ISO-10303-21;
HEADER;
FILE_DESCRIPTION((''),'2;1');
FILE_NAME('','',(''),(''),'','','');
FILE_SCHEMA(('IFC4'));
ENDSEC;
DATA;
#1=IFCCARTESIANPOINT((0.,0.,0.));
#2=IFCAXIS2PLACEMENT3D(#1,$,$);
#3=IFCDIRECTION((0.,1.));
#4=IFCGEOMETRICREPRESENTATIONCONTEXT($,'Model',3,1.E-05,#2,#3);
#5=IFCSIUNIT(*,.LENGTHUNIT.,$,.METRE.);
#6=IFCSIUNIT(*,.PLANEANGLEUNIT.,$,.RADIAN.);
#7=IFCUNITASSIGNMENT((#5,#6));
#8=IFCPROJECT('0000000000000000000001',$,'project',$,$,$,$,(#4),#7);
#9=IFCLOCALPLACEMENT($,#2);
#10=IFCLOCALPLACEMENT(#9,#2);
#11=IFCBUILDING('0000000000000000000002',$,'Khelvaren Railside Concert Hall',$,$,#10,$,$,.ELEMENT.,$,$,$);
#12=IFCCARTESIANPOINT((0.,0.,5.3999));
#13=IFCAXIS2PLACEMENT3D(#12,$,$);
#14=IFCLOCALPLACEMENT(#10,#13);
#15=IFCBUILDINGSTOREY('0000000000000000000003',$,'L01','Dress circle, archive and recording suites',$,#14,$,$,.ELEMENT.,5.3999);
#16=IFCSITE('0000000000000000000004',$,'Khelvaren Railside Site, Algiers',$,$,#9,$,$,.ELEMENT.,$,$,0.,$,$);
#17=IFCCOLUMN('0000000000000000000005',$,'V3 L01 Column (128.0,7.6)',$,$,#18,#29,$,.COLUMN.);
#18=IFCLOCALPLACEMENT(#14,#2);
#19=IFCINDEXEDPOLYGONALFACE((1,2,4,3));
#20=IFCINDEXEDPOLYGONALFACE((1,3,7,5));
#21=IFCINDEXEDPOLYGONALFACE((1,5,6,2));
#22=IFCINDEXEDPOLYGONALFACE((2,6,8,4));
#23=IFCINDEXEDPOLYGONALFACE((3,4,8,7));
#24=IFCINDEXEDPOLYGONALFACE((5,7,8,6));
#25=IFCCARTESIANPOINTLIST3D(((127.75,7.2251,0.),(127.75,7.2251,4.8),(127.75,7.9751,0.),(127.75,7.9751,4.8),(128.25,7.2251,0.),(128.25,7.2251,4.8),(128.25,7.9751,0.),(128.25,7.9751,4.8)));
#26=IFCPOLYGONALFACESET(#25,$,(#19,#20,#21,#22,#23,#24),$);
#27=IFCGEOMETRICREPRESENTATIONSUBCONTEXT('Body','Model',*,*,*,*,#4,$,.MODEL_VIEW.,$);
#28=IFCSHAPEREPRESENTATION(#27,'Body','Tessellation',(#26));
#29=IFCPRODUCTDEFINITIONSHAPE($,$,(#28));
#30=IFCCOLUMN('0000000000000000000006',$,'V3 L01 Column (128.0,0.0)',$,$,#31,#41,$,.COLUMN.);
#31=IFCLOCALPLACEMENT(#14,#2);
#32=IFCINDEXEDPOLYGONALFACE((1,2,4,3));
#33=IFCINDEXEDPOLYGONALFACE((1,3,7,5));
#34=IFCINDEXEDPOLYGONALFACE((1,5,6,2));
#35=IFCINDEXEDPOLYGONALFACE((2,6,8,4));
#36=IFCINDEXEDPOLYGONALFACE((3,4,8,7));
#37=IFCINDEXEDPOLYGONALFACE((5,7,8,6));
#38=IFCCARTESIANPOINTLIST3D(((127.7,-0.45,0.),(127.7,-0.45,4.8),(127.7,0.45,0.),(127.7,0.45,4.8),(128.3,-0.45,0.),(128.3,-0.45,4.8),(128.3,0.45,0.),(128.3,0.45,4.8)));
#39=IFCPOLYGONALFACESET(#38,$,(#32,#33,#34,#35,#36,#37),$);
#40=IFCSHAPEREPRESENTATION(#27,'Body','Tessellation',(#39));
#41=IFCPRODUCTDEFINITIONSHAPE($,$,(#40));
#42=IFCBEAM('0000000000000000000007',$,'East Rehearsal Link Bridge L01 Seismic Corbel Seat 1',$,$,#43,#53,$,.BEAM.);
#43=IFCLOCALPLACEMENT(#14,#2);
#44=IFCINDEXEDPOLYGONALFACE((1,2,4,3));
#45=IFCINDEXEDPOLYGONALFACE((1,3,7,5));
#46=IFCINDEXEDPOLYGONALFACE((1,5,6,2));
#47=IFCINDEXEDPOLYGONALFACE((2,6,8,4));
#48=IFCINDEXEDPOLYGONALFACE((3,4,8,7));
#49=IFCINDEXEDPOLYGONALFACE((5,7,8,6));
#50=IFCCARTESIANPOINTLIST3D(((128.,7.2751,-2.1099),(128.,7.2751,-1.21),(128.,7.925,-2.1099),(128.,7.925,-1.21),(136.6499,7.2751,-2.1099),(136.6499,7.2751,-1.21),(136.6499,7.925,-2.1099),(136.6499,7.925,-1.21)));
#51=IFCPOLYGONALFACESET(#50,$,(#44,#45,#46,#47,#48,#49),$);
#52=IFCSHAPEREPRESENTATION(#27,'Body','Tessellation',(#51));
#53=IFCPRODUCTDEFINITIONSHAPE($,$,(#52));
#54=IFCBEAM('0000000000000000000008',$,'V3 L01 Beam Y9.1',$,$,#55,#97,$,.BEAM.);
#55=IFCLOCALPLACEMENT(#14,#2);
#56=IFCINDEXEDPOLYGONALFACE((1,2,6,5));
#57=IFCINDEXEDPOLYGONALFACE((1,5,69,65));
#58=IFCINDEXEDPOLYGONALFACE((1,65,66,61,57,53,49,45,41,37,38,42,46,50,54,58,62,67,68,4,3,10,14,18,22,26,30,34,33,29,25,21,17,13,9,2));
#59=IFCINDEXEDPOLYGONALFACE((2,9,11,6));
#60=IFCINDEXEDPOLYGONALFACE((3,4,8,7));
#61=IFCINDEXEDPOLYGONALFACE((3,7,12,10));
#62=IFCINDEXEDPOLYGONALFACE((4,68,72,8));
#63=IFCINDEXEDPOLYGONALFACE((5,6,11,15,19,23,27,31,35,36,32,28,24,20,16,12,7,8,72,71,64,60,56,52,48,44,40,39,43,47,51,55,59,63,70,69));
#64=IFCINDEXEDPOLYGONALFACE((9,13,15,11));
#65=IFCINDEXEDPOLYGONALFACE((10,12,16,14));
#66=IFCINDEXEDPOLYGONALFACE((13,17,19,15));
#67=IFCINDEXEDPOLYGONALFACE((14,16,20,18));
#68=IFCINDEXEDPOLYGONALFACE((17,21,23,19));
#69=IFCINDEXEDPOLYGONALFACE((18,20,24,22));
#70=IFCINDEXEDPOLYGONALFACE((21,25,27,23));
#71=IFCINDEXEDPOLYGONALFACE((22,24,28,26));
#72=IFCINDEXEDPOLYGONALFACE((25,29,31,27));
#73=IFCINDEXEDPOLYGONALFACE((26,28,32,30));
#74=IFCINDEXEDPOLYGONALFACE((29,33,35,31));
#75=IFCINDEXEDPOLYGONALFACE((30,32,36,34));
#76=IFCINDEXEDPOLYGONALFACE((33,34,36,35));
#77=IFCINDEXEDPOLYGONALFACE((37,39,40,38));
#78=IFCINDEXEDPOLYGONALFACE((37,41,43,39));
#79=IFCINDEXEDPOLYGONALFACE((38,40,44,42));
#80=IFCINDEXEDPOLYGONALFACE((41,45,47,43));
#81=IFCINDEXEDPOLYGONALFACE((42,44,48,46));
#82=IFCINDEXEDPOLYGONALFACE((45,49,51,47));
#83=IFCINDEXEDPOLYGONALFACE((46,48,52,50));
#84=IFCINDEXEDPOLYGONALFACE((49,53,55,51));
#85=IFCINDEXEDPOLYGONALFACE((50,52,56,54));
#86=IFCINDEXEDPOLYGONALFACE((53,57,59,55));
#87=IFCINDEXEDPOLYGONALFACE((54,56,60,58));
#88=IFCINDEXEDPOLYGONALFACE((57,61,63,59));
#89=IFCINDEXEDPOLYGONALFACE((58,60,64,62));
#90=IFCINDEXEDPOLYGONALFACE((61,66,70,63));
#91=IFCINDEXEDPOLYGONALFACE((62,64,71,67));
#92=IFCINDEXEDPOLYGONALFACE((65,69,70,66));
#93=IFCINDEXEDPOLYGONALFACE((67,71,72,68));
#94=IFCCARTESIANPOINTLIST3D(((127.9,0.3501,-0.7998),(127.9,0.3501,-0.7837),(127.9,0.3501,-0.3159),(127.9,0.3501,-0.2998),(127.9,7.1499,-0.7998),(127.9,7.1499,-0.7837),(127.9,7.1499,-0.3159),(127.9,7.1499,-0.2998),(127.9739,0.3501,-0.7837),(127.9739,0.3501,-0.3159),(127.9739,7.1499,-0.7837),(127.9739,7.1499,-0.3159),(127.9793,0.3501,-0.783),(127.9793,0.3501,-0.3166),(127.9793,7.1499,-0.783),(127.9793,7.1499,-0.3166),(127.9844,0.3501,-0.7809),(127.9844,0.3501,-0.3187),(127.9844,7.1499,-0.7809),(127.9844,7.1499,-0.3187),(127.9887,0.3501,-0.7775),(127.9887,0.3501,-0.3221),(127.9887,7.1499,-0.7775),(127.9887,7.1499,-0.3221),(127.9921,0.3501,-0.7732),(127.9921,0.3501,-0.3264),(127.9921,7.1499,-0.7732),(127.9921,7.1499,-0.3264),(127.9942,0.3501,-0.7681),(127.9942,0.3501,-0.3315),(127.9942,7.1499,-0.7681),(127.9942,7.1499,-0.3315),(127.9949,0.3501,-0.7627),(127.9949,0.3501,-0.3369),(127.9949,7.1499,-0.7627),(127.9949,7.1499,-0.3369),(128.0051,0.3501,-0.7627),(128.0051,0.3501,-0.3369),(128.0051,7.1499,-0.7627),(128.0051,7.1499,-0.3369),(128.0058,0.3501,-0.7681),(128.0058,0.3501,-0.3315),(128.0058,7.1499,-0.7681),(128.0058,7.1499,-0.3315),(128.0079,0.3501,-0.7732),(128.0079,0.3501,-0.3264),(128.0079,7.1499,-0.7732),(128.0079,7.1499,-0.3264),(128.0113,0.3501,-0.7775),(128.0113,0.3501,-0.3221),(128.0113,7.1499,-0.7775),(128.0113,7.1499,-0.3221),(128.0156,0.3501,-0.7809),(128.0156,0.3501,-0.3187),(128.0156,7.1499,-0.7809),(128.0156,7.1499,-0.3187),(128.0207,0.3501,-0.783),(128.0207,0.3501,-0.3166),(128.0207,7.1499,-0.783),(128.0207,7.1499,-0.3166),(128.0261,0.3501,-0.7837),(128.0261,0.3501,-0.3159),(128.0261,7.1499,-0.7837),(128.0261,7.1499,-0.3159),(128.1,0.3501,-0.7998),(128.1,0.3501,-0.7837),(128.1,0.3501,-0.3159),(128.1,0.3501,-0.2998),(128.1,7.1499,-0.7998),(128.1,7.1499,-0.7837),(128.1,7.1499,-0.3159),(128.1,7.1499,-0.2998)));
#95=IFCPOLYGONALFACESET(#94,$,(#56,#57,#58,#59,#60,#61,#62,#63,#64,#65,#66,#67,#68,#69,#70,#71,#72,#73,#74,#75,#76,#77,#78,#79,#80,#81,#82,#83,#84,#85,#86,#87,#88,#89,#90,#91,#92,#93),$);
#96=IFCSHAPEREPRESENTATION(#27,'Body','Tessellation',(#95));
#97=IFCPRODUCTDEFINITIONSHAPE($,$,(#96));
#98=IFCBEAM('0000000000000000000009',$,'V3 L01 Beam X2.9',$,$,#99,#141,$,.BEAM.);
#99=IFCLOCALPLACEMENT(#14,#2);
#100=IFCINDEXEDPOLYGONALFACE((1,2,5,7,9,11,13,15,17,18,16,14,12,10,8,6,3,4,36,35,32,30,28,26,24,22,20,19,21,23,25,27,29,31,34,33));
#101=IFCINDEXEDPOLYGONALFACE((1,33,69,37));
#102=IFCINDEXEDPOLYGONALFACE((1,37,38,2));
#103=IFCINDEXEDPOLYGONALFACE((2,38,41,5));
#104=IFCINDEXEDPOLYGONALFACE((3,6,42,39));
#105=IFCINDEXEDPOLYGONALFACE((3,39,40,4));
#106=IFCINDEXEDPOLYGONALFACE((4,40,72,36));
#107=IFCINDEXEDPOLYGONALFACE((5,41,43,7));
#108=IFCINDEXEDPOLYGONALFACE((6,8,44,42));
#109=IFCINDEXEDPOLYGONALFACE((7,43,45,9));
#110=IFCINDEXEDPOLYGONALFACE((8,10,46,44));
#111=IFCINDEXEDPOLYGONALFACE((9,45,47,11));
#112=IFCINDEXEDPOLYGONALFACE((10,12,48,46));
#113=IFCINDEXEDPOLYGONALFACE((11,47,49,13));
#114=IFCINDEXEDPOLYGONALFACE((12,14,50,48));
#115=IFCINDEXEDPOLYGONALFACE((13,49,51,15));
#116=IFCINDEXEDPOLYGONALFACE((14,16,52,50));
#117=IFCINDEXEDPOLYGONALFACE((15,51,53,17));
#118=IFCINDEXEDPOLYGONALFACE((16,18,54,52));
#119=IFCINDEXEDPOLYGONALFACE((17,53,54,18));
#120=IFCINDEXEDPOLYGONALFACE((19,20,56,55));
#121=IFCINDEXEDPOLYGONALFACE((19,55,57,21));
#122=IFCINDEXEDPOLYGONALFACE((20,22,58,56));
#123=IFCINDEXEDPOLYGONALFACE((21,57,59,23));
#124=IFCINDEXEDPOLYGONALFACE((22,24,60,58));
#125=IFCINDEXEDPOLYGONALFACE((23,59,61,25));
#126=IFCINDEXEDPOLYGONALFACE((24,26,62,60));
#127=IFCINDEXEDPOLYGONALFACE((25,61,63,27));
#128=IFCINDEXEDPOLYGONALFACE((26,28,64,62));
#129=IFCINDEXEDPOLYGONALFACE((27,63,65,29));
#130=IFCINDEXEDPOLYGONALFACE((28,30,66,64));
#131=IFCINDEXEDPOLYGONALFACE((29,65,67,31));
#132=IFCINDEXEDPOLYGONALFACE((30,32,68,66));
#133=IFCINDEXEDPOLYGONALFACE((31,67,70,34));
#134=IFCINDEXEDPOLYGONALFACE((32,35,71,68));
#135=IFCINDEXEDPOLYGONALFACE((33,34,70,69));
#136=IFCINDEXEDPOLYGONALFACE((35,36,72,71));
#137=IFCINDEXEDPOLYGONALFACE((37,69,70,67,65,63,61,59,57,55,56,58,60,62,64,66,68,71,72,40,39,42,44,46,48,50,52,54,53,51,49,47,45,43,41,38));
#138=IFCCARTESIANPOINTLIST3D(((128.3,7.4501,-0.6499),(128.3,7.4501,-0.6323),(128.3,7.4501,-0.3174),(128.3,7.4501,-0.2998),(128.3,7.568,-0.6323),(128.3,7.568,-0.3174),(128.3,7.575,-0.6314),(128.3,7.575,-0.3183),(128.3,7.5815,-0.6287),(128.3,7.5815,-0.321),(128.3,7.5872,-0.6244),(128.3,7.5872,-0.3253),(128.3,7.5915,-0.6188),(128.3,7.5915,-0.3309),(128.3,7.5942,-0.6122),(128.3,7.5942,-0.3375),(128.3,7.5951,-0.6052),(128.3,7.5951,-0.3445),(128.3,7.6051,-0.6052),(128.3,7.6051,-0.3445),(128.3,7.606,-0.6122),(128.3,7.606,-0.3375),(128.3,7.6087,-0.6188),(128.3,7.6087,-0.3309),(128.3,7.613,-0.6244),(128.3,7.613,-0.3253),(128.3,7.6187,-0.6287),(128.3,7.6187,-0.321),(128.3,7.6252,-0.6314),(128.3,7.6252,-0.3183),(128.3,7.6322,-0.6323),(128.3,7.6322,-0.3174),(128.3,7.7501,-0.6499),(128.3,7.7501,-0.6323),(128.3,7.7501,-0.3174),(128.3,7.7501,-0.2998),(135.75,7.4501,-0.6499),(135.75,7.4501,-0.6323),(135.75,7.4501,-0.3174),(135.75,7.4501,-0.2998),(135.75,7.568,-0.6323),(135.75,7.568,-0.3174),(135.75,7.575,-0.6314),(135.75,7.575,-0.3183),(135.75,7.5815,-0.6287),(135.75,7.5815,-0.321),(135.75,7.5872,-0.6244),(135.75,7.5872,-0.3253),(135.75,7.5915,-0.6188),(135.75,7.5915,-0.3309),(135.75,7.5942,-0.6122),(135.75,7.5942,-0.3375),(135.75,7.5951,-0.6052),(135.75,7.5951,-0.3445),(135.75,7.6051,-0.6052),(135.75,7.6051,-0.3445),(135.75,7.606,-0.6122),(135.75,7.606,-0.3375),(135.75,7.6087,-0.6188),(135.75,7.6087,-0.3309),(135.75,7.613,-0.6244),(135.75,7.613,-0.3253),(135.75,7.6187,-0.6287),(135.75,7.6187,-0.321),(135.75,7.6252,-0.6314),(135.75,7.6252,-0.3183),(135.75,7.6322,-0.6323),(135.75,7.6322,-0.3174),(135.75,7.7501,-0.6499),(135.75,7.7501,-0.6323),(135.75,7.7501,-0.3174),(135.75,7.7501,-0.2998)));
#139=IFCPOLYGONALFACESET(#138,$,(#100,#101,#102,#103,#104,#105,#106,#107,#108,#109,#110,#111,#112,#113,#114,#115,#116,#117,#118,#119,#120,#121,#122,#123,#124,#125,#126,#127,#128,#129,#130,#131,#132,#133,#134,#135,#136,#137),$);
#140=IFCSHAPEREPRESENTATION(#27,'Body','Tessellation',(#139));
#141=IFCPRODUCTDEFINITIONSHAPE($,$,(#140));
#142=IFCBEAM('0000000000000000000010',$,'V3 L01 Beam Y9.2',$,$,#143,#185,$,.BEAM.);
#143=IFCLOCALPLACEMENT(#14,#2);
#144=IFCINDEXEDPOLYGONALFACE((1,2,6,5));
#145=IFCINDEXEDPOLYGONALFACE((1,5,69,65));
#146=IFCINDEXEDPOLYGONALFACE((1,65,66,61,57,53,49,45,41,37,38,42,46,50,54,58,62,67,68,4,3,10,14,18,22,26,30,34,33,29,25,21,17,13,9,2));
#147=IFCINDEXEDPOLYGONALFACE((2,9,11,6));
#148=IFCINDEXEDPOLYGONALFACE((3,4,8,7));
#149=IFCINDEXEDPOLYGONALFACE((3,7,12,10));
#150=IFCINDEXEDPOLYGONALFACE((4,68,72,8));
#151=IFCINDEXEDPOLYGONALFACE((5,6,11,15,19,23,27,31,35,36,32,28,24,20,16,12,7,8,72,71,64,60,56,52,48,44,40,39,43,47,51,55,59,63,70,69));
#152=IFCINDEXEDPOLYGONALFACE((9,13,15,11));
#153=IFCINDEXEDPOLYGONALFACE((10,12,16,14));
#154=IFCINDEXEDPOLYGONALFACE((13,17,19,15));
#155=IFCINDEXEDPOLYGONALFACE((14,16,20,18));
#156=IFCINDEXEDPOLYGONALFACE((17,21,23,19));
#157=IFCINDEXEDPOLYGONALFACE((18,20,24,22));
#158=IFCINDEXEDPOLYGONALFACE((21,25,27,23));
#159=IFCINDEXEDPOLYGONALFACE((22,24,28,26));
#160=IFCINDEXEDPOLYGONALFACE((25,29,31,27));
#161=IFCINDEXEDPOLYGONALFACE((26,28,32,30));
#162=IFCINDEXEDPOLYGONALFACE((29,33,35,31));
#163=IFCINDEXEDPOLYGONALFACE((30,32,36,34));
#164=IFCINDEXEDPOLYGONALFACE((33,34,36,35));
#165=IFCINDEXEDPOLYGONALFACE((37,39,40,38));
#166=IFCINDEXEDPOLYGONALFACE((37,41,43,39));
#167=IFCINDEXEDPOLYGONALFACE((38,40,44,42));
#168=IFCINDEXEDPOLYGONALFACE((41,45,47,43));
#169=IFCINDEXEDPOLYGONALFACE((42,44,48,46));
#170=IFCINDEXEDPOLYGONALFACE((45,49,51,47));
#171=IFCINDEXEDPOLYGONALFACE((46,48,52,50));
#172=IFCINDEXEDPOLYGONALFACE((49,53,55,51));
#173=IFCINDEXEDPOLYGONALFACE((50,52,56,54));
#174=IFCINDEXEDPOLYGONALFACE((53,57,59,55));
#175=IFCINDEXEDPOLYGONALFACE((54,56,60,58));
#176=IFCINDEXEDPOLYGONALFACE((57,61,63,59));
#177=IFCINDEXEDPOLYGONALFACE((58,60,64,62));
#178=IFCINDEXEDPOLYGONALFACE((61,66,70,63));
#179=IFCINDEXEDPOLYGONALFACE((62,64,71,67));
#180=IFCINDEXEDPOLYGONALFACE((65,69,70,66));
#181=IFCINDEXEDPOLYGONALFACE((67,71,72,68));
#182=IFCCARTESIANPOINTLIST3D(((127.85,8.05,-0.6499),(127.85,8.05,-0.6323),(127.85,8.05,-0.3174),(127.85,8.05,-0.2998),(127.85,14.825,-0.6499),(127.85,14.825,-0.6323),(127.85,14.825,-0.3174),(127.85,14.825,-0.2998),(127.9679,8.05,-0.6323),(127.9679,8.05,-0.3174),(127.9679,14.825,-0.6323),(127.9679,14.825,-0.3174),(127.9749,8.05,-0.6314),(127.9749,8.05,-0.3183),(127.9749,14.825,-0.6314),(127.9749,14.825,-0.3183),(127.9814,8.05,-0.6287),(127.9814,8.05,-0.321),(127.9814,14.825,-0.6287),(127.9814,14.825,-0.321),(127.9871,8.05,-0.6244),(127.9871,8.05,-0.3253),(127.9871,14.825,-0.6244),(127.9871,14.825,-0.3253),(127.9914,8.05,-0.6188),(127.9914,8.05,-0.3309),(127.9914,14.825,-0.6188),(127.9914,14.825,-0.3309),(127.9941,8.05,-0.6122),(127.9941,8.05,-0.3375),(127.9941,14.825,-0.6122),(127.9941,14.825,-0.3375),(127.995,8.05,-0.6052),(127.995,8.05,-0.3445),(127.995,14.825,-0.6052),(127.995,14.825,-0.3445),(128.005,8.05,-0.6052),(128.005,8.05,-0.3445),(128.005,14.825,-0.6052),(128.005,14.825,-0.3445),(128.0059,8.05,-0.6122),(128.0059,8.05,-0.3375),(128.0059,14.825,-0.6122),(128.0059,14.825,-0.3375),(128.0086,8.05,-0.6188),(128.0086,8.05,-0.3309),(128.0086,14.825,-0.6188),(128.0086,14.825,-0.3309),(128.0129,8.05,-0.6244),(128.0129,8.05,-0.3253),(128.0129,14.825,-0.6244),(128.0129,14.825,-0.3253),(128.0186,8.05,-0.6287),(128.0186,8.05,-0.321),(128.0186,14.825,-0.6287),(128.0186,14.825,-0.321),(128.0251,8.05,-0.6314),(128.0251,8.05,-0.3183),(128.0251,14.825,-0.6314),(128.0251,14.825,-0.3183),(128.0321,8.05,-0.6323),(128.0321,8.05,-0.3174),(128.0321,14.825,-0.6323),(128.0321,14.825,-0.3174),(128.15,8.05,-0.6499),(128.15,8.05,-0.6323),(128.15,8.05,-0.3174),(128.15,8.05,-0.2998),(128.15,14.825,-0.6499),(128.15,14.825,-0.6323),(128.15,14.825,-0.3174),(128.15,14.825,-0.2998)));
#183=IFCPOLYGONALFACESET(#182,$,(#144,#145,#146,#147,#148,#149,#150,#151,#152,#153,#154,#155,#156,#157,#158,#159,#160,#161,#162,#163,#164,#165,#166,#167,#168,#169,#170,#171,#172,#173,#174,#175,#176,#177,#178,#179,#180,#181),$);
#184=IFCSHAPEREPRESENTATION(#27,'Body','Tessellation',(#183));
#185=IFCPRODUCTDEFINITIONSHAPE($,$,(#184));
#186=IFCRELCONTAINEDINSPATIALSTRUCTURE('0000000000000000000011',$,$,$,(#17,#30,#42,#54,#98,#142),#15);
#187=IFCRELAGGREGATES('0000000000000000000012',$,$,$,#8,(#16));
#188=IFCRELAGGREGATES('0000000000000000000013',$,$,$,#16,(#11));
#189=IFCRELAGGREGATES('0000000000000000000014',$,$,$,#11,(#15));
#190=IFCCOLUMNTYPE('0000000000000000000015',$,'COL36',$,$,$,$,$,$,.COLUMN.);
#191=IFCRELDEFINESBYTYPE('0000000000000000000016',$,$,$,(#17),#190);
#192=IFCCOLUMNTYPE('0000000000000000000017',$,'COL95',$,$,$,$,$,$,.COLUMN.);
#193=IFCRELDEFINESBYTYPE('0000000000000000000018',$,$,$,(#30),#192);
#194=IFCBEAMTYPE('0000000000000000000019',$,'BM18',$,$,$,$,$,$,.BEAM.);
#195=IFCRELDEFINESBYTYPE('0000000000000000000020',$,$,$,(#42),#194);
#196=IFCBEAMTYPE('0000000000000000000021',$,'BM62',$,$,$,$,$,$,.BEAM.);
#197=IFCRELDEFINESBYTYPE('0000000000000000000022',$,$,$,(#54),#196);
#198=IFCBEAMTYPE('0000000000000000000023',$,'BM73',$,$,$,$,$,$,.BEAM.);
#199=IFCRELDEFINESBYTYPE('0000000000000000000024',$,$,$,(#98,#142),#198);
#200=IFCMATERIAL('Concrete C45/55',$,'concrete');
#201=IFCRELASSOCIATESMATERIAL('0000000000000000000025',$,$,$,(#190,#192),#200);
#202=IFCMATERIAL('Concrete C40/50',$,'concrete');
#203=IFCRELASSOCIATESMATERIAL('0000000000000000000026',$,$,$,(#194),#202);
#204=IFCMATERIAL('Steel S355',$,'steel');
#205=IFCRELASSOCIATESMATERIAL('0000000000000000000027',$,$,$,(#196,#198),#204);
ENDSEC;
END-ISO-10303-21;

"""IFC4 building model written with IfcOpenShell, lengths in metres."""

from ifc_helpers import new_model, si_unit, direction, frame, origin, origin_2d, place, context, subcontext, project, spatial, rectangle, i_section, extrude, material, material_profile, profile_set, type_object, element, save


model = new_model("IFC4")

# Units and contexts
model_context = context("Model", 3, precision=1e-05, world=origin(), true_north=direction((0.0, 1.0)))
body_context = subcontext(model_context, "Body", "Model", "MODEL_VIEW")
ifc_project = project(units=[si_unit("LENGTHUNIT", "METRE"), si_unit("PLANEANGLEUNIT", "RADIAN")], contexts=[model_context])

# Site, building, storey
site_placement = place(None, origin())
site = spatial("IfcSite", under=ifc_project, at=site_placement, Name="Khelvaren Railside Site, Algiers", CompositionType="ELEMENT", RefElevation=0.0)
building_placement = place(site_placement, origin())
building = spatial("IfcBuilding", under=site, at=building_placement, Name="Khelvaren Railside Concert Hall", CompositionType="ELEMENT")
storey_placement = place(building_placement, frame((0.0, 0.0, 5.3999)))
storey = spatial("IfcBuildingStorey", under=building, at=storey_placement, Name="L01", Description="Dress circle, archive and recording suites", CompositionType="ELEMENT", Elevation=5.3999)

# Columns
ifc_material_1 = material(Name="Concrete C45/55", Category="concrete")
ifc_material_profile_1 = material_profile(ifc_material_1, rectangle(XDim=0.5, YDim=0.75, at=origin_2d()), Name="RC 500x750")
ifc_profile_set_1 = profile_set([ifc_material_profile_1], Name="Concrete C45/55")
column_type_1 = type_object("IfcColumnType", Name="COL36", PredefinedType="COLUMN", material=ifc_profile_set_1)
column_1_placement = place(storey_placement, frame((128.0, 7.6001, 0.0), z_axis=(0.0, 0.0, 1.0), x_axis=(1.0, 0.0, 0.0)))
element("IfcColumn", 1, at=column_1_placement, inside=storey, type_object=column_type_1, Name="V3 L01 Column (128.0,7.6)", PredefinedType="COLUMN", context=body_context, shape_type="SweptSolid", body=[
    extrude(rectangle(XDim=0.5, YDim=0.75, at=origin_2d()), origin(), (0.0, 0.0, 1.0), 4.8),
])
ifc_material_profile_2 = material_profile(ifc_material_1, rectangle(XDim=0.6001, YDim=0.8999, at=origin_2d()), Name="RC 600x900")
ifc_profile_set_2 = profile_set([ifc_material_profile_2], Name="Concrete C45/55")
column_type_2 = type_object("IfcColumnType", Name="COL95", PredefinedType="COLUMN", material=ifc_profile_set_2)
column_2_placement = place(storey_placement, frame((128.0, 0.0, 0.0), z_axis=(0.0, 0.0, 1.0), x_axis=(1.0, 0.0, 0.0)))
element("IfcColumn", 2, at=column_2_placement, inside=storey, type_object=column_type_2, Name="V3 L01 Column (128.0,0.0)", PredefinedType="COLUMN", context=body_context, shape_type="SweptSolid", body=[
    extrude(rectangle(XDim=0.6001, YDim=0.8999, at=origin_2d()), origin(), (0.0, 0.0, 1.0), 4.8),
])

# Beams
ifc_material_2 = material(Name="Concrete C40/50", Category="concrete")
ifc_material_profile_3 = material_profile(ifc_material_2, rectangle(XDim=0.6499, YDim=0.8999, at=origin_2d()), Name="RCB 650x900")
ifc_profile_set_3 = profile_set([ifc_material_profile_3], Name="Concrete C40/50")
beam_type_1 = type_object("IfcBeamType", Name="BM18", PredefinedType="BEAM", material=ifc_profile_set_3)
beam_1_placement = place(storey_placement, frame((128.0, 7.6001, -1.6599), z_axis=(1.0, 0.0, 0.0), x_axis=(0.0, 1.0, 0.0)))
element("IfcBeam", 3, at=beam_1_placement, inside=storey, type_object=beam_type_1, Name="East Rehearsal Link Bridge L01 Seismic Corbel Seat 1", PredefinedType="BEAM", context=body_context, shape_type="SweptSolid", body=[
    extrude(rectangle(XDim=0.6499, YDim=0.8999, at=origin_2d()), origin(), (0.0, 0.0, 1.0), 8.6499),
])
ifc_material_3 = material(Name="Steel S355", Category="steel")
ifc_material_profile_4 = material_profile(ifc_material_3, i_section(OverallWidth=0.2, OverallDepth=0.5, WebThickness=0.0103, FlangeThickness=0.0161, FilletRadius=0.021, at=origin_2d()), Name="IPE 500")
ifc_profile_set_4 = profile_set([ifc_material_profile_4], Name="Steel S355")
beam_type_2 = type_object("IfcBeamType", Name="BM62", PredefinedType="BEAM", material=ifc_profile_set_4)
beam_2_placement = place(storey_placement, frame((128.0, 0.3501, -0.5498), z_axis=(0.0, 1.0, 0.0), x_axis=(-1.0, 0.0, 0.0)))
element("IfcBeam", 4, at=beam_2_placement, inside=storey, type_object=beam_type_2, Name="V3 L01 Beam Y9.1", PredefinedType="BEAM", context=body_context, shape_type="SweptSolid", body=[
    extrude(i_section(OverallWidth=0.2, OverallDepth=0.5, WebThickness=0.0103, FlangeThickness=0.0161, FilletRadius=0.021, at=origin_2d()), origin(), (0.0, 0.0, 1.0), 6.7998),
])
ifc_material_profile_5 = material_profile(ifc_material_3, i_section(OverallWidth=0.3, OverallDepth=0.3501, WebThickness=0.01, FlangeThickness=0.0176, FilletRadius=0.0271, at=origin_2d()), Name="HEA 360")
ifc_profile_set_5 = profile_set([ifc_material_profile_5], Name="Steel S355")
beam_type_3 = type_object("IfcBeamType", Name="BM73", PredefinedType="BEAM", material=ifc_profile_set_5)
beam_3_placement = place(storey_placement, frame((128.3, 7.6001, -0.4749), z_axis=(1.0, 0.0, 0.0), x_axis=(0.0, 1.0, 0.0)))
element("IfcBeam", 5, at=beam_3_placement, inside=storey, type_object=beam_type_3, Name="V3 L01 Beam X2.9", PredefinedType="BEAM", context=body_context, shape_type="SweptSolid", body=[
    extrude(i_section(OverallWidth=0.3, OverallDepth=0.3501, WebThickness=0.01, FlangeThickness=0.0176, FilletRadius=0.0271, at=origin_2d()), origin(), (0.0, 0.0, 1.0), 7.45),
])
beam_4_placement = place(storey_placement, frame((128.0, 8.05, -0.4749), z_axis=(0.0, 1.0, 0.0), x_axis=(-1.0, 0.0, 0.0)))
element("IfcBeam", 6, at=beam_4_placement, inside=storey, type_object=beam_type_3, Name="V3 L01 Beam Y9.2", PredefinedType="BEAM", context=body_context, shape_type="SweptSolid", body=[
    extrude(i_section(OverallWidth=0.3, OverallDepth=0.3501, WebThickness=0.01, FlangeThickness=0.0176, FilletRadius=0.0271, at=origin_2d()), origin(), (0.0, 0.0, 1.0), 6.7749),
])

save(model, "model.ifc")
